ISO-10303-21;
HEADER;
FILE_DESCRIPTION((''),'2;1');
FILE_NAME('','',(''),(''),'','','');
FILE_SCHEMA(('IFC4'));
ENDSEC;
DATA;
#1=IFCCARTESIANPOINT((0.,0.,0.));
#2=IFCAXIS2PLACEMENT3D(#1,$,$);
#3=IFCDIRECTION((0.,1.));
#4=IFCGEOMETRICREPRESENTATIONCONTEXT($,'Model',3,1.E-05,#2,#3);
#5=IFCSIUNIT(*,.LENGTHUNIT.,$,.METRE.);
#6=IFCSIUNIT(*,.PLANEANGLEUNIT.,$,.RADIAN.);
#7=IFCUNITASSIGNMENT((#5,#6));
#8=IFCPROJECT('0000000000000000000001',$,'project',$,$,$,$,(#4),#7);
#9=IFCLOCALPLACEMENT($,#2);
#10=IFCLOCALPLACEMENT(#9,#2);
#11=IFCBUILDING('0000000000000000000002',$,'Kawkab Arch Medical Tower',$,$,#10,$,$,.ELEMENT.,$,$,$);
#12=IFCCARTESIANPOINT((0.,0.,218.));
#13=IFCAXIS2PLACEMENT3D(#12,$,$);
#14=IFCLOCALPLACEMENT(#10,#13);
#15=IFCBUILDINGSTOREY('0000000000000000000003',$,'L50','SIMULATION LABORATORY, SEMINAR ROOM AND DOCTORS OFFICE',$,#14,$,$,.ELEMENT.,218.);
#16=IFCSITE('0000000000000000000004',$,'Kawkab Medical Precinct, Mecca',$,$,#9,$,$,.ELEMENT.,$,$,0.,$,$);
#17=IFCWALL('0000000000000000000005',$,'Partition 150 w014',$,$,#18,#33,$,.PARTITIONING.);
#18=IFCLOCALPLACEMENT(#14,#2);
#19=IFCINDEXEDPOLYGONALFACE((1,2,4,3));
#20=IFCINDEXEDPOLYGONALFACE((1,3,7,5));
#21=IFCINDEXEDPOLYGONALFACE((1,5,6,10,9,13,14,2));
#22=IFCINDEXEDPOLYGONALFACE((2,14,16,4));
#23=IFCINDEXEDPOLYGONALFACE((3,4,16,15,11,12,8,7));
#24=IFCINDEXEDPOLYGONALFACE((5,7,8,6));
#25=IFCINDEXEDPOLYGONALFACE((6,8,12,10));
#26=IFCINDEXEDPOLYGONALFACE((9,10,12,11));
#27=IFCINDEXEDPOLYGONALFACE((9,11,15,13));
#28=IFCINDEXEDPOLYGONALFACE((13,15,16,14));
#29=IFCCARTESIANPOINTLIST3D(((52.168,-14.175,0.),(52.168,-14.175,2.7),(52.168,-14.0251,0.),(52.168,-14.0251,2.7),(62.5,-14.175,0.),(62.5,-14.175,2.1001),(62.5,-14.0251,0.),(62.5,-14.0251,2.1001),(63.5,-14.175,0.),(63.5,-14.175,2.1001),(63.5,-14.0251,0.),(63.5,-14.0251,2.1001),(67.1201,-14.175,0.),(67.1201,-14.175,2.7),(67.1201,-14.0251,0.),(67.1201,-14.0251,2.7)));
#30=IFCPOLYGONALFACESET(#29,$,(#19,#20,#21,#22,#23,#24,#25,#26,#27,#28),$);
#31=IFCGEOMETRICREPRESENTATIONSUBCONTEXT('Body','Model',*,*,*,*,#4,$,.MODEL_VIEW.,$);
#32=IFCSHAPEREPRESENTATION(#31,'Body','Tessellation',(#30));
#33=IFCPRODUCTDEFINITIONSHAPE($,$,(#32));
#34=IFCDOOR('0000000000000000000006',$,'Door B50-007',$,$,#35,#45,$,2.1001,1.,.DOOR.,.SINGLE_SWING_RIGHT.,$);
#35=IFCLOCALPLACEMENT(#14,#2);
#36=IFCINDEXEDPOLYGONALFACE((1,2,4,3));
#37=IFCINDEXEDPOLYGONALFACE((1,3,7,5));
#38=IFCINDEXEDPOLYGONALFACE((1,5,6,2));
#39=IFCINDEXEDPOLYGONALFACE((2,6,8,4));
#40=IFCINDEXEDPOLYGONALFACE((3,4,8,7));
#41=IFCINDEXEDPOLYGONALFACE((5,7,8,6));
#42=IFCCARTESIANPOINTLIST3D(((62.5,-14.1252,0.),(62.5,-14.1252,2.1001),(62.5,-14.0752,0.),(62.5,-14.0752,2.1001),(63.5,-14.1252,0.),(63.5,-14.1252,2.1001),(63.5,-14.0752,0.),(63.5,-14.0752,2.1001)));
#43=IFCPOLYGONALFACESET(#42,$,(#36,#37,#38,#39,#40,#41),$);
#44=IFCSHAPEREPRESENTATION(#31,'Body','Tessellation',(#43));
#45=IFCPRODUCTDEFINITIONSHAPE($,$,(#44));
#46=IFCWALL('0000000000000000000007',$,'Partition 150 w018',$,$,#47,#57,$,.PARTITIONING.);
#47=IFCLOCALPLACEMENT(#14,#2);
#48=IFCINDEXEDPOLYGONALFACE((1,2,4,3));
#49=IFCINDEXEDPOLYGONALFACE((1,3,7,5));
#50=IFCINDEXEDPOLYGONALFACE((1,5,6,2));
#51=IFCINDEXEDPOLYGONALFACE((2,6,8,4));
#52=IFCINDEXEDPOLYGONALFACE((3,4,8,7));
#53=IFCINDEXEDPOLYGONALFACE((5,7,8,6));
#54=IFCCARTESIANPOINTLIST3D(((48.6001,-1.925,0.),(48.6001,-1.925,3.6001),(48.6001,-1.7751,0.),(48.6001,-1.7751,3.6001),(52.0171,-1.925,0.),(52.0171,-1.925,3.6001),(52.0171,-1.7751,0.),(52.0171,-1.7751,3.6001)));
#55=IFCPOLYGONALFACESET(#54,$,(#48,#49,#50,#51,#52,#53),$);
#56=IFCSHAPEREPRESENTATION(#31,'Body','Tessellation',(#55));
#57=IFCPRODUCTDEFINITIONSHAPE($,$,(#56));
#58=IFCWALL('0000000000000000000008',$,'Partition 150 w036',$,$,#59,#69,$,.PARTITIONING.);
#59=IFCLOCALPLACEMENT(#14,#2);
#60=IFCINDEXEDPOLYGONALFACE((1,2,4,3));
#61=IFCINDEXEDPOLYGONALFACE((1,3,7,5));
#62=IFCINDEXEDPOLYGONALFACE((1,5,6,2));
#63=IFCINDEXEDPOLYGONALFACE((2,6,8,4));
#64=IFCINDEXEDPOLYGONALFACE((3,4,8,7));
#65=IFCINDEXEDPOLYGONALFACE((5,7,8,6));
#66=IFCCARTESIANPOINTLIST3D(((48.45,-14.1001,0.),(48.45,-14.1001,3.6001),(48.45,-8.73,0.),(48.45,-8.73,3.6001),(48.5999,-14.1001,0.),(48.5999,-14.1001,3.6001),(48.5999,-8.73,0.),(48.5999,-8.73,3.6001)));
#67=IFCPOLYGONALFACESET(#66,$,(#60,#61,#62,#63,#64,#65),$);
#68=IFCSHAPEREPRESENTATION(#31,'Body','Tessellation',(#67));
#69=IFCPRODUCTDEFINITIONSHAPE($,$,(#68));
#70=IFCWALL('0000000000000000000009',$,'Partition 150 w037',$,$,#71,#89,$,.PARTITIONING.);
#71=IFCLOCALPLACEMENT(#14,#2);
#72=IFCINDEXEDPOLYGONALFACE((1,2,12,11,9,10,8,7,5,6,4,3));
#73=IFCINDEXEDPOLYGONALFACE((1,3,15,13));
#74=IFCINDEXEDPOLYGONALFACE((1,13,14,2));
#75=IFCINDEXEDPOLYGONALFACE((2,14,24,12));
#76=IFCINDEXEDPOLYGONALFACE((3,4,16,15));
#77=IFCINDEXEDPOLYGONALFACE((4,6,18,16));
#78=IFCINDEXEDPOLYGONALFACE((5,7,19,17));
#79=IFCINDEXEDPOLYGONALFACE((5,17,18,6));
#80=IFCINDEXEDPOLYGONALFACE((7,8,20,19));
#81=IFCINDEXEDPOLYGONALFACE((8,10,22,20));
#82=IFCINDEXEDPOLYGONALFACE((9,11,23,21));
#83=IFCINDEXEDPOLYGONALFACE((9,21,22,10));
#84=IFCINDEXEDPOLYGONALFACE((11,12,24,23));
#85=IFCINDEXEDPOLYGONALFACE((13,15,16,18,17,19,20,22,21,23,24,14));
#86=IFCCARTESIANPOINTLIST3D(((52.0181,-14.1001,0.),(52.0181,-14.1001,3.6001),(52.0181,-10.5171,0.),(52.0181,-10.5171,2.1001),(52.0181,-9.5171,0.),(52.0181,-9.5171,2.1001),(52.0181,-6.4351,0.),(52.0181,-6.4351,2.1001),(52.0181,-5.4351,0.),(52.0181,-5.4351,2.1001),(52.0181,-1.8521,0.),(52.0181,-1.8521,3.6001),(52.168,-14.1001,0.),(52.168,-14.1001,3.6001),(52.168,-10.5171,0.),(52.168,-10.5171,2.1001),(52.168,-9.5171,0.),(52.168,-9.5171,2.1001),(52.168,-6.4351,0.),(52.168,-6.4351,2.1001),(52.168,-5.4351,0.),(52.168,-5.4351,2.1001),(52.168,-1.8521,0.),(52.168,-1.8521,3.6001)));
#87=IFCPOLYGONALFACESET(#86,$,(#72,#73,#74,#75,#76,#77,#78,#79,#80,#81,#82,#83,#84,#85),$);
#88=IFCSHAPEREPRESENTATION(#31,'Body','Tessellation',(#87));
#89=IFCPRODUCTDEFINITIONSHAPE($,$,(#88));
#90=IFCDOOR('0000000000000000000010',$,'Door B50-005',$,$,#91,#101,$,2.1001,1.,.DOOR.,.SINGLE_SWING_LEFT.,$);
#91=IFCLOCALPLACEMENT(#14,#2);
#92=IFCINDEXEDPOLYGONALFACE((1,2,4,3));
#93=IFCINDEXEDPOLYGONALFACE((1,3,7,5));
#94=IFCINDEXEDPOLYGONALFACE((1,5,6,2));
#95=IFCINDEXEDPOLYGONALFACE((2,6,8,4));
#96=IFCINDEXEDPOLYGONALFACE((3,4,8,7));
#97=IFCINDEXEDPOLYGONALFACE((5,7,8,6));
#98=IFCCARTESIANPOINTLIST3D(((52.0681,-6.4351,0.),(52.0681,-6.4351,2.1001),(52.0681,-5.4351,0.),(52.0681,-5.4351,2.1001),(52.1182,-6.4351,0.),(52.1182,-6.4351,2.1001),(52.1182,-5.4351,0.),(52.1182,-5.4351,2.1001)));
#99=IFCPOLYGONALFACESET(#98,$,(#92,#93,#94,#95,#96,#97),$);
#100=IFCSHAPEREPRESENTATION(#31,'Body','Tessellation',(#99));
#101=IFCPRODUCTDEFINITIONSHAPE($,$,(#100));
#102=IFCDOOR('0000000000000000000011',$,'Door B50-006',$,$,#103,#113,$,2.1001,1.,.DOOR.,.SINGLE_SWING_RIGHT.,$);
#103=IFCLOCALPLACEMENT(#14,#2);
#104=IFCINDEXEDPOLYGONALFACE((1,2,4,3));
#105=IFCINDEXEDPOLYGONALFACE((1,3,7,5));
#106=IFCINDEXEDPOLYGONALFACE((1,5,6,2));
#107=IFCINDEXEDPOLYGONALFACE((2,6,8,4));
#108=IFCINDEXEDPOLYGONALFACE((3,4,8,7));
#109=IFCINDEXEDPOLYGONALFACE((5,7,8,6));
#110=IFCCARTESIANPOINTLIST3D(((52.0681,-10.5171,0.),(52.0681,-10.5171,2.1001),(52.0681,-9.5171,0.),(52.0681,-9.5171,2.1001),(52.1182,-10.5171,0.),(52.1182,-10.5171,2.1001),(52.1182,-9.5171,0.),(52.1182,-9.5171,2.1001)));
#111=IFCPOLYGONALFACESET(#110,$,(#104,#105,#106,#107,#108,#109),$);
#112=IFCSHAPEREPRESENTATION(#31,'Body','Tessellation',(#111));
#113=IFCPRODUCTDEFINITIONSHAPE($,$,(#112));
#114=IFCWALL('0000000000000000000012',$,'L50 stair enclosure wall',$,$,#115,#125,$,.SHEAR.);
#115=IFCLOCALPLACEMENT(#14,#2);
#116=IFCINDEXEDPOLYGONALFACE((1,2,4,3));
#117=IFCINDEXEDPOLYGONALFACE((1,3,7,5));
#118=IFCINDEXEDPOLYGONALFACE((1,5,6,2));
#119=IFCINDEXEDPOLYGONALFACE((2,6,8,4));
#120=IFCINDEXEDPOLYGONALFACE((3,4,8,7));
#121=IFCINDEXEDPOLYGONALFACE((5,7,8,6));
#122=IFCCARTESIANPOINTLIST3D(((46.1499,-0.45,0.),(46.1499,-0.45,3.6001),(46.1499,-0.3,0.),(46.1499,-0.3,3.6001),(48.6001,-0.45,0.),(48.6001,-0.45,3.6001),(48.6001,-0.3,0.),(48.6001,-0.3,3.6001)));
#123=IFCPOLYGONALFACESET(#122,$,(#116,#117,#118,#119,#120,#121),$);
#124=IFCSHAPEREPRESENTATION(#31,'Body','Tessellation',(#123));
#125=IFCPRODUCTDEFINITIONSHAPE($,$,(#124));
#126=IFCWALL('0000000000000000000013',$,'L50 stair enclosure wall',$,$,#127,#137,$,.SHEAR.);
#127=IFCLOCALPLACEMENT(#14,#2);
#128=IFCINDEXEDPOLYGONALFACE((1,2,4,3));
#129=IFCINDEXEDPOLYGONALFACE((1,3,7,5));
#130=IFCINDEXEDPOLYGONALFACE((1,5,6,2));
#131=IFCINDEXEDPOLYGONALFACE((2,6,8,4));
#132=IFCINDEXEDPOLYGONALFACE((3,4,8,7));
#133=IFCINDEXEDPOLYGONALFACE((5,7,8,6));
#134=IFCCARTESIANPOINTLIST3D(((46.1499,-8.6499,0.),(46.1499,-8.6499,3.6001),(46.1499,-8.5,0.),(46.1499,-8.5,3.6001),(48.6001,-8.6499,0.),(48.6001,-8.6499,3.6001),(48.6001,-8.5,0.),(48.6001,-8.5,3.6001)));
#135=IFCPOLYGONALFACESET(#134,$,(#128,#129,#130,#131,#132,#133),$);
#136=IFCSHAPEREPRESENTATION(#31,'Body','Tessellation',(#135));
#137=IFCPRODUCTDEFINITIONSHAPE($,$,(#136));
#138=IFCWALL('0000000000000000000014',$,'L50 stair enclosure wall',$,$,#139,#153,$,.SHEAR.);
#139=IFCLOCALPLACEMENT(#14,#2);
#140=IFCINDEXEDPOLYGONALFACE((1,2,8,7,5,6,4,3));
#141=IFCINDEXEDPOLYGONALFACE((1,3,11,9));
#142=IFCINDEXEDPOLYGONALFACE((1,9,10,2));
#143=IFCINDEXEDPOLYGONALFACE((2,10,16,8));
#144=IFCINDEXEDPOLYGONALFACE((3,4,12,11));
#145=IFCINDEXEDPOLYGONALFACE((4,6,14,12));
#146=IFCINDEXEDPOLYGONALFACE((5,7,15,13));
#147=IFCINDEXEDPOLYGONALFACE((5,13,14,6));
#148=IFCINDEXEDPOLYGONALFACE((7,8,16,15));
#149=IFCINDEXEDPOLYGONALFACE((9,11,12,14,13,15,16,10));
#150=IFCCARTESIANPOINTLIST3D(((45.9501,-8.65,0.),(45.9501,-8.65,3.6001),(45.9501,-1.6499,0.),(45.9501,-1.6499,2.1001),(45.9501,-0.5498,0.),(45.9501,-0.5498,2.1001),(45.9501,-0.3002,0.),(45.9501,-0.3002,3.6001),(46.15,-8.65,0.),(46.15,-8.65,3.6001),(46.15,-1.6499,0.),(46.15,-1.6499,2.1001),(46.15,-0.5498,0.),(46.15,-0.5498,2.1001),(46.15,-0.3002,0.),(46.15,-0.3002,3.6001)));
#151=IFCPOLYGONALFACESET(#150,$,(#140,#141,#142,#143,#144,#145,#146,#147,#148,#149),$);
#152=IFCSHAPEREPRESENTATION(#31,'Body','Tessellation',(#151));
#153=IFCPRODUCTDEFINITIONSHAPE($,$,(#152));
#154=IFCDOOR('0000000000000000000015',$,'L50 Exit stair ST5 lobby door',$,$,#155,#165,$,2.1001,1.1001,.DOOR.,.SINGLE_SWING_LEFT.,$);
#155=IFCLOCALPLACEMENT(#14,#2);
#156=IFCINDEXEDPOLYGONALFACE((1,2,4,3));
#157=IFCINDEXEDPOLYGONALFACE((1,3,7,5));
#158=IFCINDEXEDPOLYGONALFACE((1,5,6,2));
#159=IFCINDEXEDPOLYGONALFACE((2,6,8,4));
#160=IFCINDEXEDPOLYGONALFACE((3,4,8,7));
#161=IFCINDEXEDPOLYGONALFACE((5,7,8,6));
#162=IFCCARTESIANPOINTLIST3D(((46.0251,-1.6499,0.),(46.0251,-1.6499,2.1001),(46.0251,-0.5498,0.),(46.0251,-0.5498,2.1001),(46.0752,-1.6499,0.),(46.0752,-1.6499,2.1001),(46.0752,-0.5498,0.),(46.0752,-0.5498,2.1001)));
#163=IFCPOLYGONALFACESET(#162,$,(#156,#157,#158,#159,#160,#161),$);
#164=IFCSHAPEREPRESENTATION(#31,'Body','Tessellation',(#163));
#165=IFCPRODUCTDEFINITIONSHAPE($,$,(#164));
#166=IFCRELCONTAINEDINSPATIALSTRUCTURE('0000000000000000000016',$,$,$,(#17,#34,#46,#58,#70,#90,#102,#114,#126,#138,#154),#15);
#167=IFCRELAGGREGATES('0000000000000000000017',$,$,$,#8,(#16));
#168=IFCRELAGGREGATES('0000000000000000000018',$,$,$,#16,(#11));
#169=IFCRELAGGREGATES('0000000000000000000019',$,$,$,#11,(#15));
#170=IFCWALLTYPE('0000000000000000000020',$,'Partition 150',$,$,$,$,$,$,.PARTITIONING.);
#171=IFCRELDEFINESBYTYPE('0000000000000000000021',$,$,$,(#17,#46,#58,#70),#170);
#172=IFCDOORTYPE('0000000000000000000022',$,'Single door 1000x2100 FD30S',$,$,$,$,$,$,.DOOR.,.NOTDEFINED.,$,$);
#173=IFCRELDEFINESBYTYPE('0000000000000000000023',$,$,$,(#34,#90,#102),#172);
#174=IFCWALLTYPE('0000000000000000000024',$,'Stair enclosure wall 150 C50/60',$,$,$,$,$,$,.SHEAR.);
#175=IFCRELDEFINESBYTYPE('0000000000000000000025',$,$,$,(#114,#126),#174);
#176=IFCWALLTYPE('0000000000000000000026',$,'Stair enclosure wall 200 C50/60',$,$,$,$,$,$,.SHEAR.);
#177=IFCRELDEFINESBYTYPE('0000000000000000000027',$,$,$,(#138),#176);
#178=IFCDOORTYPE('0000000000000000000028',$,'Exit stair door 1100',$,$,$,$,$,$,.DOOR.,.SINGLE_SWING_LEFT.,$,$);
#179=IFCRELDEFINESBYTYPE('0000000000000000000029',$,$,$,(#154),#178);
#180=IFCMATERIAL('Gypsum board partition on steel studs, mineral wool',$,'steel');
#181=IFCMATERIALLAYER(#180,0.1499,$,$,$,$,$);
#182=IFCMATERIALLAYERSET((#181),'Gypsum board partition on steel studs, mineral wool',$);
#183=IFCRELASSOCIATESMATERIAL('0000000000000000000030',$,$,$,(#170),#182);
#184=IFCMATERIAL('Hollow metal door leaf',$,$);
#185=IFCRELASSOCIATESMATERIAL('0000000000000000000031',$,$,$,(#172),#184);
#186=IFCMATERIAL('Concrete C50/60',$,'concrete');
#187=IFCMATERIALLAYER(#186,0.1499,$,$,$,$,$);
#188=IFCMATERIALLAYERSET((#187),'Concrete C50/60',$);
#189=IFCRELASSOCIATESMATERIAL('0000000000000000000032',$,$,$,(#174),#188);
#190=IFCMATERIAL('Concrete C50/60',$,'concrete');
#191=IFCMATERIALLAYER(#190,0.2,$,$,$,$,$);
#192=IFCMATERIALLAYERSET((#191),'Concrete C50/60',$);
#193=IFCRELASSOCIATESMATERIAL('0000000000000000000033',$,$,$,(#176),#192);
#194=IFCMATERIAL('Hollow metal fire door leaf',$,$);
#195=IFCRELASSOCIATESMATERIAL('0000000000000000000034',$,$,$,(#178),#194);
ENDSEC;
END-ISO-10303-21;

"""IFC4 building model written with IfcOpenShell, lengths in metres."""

from ifc_helpers import new_model, si_unit, direction, frame, frame_2d, origin, place, context, subcontext, project, spatial, rectangle, extrude, material, layer, layer_set, type_object, element, fill, save


model = new_model("IFC4")

# Units and contexts
model_context = context("Model", 3, precision=1e-05, world=origin(), true_north=direction((0.0, 1.0)))
body_context = subcontext(model_context, "Body", "Model", "MODEL_VIEW")
ifc_project = project(units=[si_unit("LENGTHUNIT", "METRE"), si_unit("PLANEANGLEUNIT", "RADIAN")], contexts=[model_context])

# Site, building, storey
site_placement = place(None, origin())
site = spatial("IfcSite", under=ifc_project, at=site_placement, Name="Kawkab Medical Precinct, Mecca", CompositionType="ELEMENT", RefElevation=0.0)
building_placement = place(site_placement, origin())
building = spatial("IfcBuilding", under=site, at=building_placement, Name="Kawkab Arch Medical Tower", CompositionType="ELEMENT")
storey_placement = place(building_placement, frame((0.0, 0.0, 218.0)))
storey = spatial("IfcBuildingStorey", under=building, at=storey_placement, Name="L50", Description="SIMULATION LABORATORY, SEMINAR ROOM AND DOCTORS OFFICE", CompositionType="ELEMENT", Elevation=218.0)

# Wall, opening, door
ifc_material_1 = material(Name="Gypsum board partition on steel studs, mineral wool", Category="steel")
ifc_layer_1 = layer(ifc_material_1, 0.1499)
ifc_layer_set_1 = layer_set([ifc_layer_1], Name="Gypsum board partition on steel studs, mineral wool")
wall_type_1 = type_object("IfcWallType", Name="Partition 150", PredefinedType="PARTITIONING", material=ifc_layer_set_1)
wall_1_placement = place(storey_placement, frame((52.168, -14.1001, 0.0), z_axis=(0.0, 0.0, 1.0), x_axis=(1.0, 0.0, 0.0)))
wall_1 = element("IfcWall", 1, at=wall_1_placement, inside=storey, type_object=wall_type_1, Name="Partition 150 w014", PredefinedType="PARTITIONING", context=body_context, shape_type="SweptSolid", body=[
    extrude(rectangle(XDim=14.9521, YDim=0.1499, at=frame_2d((7.4761, 0.0))), origin(), (0.0, 0.0, 1.0), 2.7),
])
opening_1_placement = place(wall_1_placement, frame((10.332, 0.0, 0.0)))
opening_1 = element("IfcOpeningElement", 2, at=opening_1_placement, cuts=wall_1, PredefinedType="OPENING", context=body_context, shape_type="SweptSolid", body=[
    extrude(rectangle(XDim=1.0, YDim=2.1001, at=frame_2d((0.5, 1.05))), frame((0.0, 0.085, 0.0), z_axis=(0.0, -1.0, 0.0), x_axis=(1.0, 0.0, 0.0)), (0.0, 0.0, 1.0), 0.1699),
])
ifc_material_2 = material(Name="Hollow metal door leaf")
door_type_1 = type_object("IfcDoorType", Name="Single door 1000x2100 FD30S", OperationType="NOTDEFINED", PredefinedType="DOOR", material=ifc_material_2)
door_1_placement = place(opening_1_placement, origin())
door_1 = element("IfcDoor", 3, at=door_1_placement, inside=storey, type_object=door_type_1, Name="Door B50-007", OperationType="SINGLE_SWING_RIGHT", OverallHeight=2.1001, OverallWidth=1.0, PredefinedType="DOOR", context=body_context, shape_type="SweptSolid", body=[
    extrude(rectangle(XDim=1.0, YDim=2.1001, at=frame_2d((0.5, 1.05))), frame((0.0, 0.0249, 0.0), z_axis=(0.0, -1.0, 0.0), x_axis=(1.0, 0.0, 0.0)), (0.0, 0.0, 1.0), 0.05),
])
fill(opening_1, door_1)

# Walls
wall_2_placement = place(storey_placement, frame((48.6001, -1.8501, 0.0), z_axis=(0.0, 0.0, 1.0), x_axis=(1.0, 0.0, 0.0)))
element("IfcWall", 4, at=wall_2_placement, inside=storey, type_object=wall_type_1, Name="Partition 150 w018", PredefinedType="PARTITIONING", context=body_context, shape_type="SweptSolid", body=[
    extrude(rectangle(XDim=3.417, YDim=0.1499, at=frame_2d((1.7085, 0.0))), origin(), (0.0, 0.0, 1.0), 3.6001),
])
wall_3_placement = place(storey_placement, frame((48.5249, -14.1001, 0.0), z_axis=(0.0, 0.0, 1.0), x_axis=(0.0, 1.0, 0.0)))
element("IfcWall", 5, at=wall_3_placement, inside=storey, type_object=wall_type_1, Name="Partition 150 w036", PredefinedType="PARTITIONING", context=body_context, shape_type="SweptSolid", body=[
    extrude(rectangle(XDim=5.3701, YDim=0.1499, at=frame_2d((2.6851, 0.0))), origin(), (0.0, 0.0, 1.0), 3.6001),
])

# Wall, openings, doors
wall_4_placement = place(storey_placement, frame((52.093, -14.1001, 0.0), z_axis=(0.0, 0.0, 1.0), x_axis=(0.0, 1.0, 0.0)))
wall_4 = element("IfcWall", 6, at=wall_4_placement, inside=storey, type_object=wall_type_1, Name="Partition 150 w037", PredefinedType="PARTITIONING", context=body_context, shape_type="SweptSolid", body=[
    extrude(rectangle(XDim=12.248, YDim=0.1499, at=frame_2d((6.124, 0.0))), origin(), (0.0, 0.0, 1.0), 3.6001),
])
opening_2_placement = place(wall_4_placement, frame((7.665, 0.0, 0.0)))
opening_2 = element("IfcOpeningElement", 7, at=opening_2_placement, cuts=wall_4, PredefinedType="OPENING", context=body_context, shape_type="SweptSolid", body=[
    extrude(rectangle(XDim=1.0, YDim=2.1001, at=frame_2d((0.5, 1.05))), frame((0.0, 0.085, 0.0), z_axis=(0.0, -1.0, 0.0), x_axis=(1.0, 0.0, 0.0)), (0.0, 0.0, 1.0), 0.1699),
])
opening_3_placement = place(wall_4_placement, frame((3.583, 0.0, 0.0)))
opening_3 = element("IfcOpeningElement", 8, at=opening_3_placement, cuts=wall_4, PredefinedType="OPENING", context=body_context, shape_type="SweptSolid", body=[
    extrude(rectangle(XDim=1.0, YDim=2.1001, at=frame_2d((0.5, 1.05))), frame((0.0, 0.085, 0.0), z_axis=(0.0, -1.0, 0.0), x_axis=(1.0, 0.0, 0.0)), (0.0, 0.0, 1.0), 0.1699),
])
door_2_placement = place(opening_2_placement, origin())
door_2 = element("IfcDoor", 9, at=door_2_placement, inside=storey, type_object=door_type_1, Name="Door B50-005", OperationType="SINGLE_SWING_LEFT", OverallHeight=2.1001, OverallWidth=1.0, PredefinedType="DOOR", context=body_context, shape_type="SweptSolid", body=[
    extrude(rectangle(XDim=1.0, YDim=2.1001, at=frame_2d((0.5, 1.05))), frame((0.0, 0.0249, 0.0), z_axis=(0.0, -1.0, 0.0), x_axis=(1.0, 0.0, 0.0)), (0.0, 0.0, 1.0), 0.05),
])
fill(opening_2, door_2)
door_3_placement = place(opening_3_placement, origin())
door_3 = element("IfcDoor", 10, at=door_3_placement, inside=storey, type_object=door_type_1, Name="Door B50-006", OperationType="SINGLE_SWING_RIGHT", OverallHeight=2.1001, OverallWidth=1.0, PredefinedType="DOOR", context=body_context, shape_type="SweptSolid", body=[
    extrude(rectangle(XDim=1.0, YDim=2.1001, at=frame_2d((0.5, 1.05))), frame((0.0, 0.0249, 0.0), z_axis=(0.0, -1.0, 0.0), x_axis=(1.0, 0.0, 0.0)), (0.0, 0.0, 1.0), 0.05),
])
fill(opening_3, door_3)

# Walls
ifc_material_3 = material(Name="Concrete C50/60", Category="concrete")
ifc_layer_2 = layer(ifc_material_3, 0.1499)
ifc_layer_set_2 = layer_set([ifc_layer_2], Name="Concrete C50/60")
wall_type_2 = type_object("IfcWallType", Name="Stair enclosure wall 150 C50/60", PredefinedType="SHEAR", material=ifc_layer_set_2)
for number, where, z_axis, x_axis, name in (
    (11, (46.1499, -0.375, 0.0), (0.0, 0.0, 1.0), (1.0, 0.0, 0.0), "L50 stair enclosure wall"),
    (12, (46.1499, -8.575, 0.0), (0.0, 0.0, 1.0), (1.0, 0.0, 0.0), "L50 stair enclosure wall"),
):
    element("IfcWall", number, at=place(storey_placement, frame(where, z_axis=z_axis, x_axis=x_axis)), inside=storey, type_object=wall_type_2, Name=name, PredefinedType="SHEAR", context=body_context, shape_type="SweptSolid", body=[
        extrude(rectangle(XDim=2.4502, YDim=0.1499, at=frame_2d((1.2251, 0.0))), origin(), (0.0, 0.0, 1.0), 3.6001),
    ])

# Wall, opening, door
ifc_material_4 = material(Name="Concrete C50/60", Category="concrete")
ifc_layer_3 = layer(ifc_material_4, 0.2)
ifc_layer_set_3 = layer_set([ifc_layer_3], Name="Concrete C50/60")
wall_type_3 = type_object("IfcWallType", Name="Stair enclosure wall 200 C50/60", PredefinedType="SHEAR", material=ifc_layer_set_3)
wall_5_placement = place(storey_placement, frame((46.05, -8.6499, 0.0), z_axis=(0.0, 0.0, 1.0), x_axis=(0.0, 1.0, 0.0)))
wall_5 = element("IfcWall", 13, at=wall_5_placement, inside=storey, type_object=wall_type_3, Name="L50 stair enclosure wall", PredefinedType="SHEAR", context=body_context, shape_type="SweptSolid", body=[
    extrude(rectangle(XDim=8.3499, YDim=0.2, at=frame_2d((4.1748, 0.0))), origin(), (0.0, 0.0, 1.0), 3.6001),
])
opening_4_placement = place(wall_5_placement, frame((7.0, 0.0, 0.0)))
opening_4 = element("IfcOpeningElement", 14, at=opening_4_placement, cuts=wall_5, PredefinedType="OPENING", context=body_context, shape_type="SweptSolid", body=[
    extrude(rectangle(XDim=1.1001, YDim=2.1001, at=frame_2d((0.55, 1.05))), frame((0.0, 0.1099, 0.0), z_axis=(0.0, -1.0, 0.0), x_axis=(1.0, 0.0, 0.0)), (0.0, 0.0, 1.0), 0.22),
])
ifc_material_5 = material(Name="Hollow metal fire door leaf")
door_type_2 = type_object("IfcDoorType", Name="Exit stair door 1100", OperationType="SINGLE_SWING_LEFT", PredefinedType="DOOR", material=ifc_material_5)
door_4_placement = place(opening_4_placement, origin())
door_4 = element("IfcDoor", 15, at=door_4_placement, inside=storey, type_object=door_type_2, Name="L50 Exit stair ST5 lobby door", OperationType="SINGLE_SWING_LEFT", OverallHeight=2.1001, OverallWidth=1.1001, PredefinedType="DOOR", context=body_context, shape_type="SweptSolid", body=[
    extrude(rectangle(XDim=1.1001, YDim=2.1001, at=frame_2d((0.55, 1.05))), frame((0.0, 0.0249, 0.0), z_axis=(0.0, -1.0, 0.0), x_axis=(1.0, 0.0, 0.0)), (0.0, 0.0, 1.0), 0.05),
])
fill(opening_4, door_4)

save(model, "model.ifc")
